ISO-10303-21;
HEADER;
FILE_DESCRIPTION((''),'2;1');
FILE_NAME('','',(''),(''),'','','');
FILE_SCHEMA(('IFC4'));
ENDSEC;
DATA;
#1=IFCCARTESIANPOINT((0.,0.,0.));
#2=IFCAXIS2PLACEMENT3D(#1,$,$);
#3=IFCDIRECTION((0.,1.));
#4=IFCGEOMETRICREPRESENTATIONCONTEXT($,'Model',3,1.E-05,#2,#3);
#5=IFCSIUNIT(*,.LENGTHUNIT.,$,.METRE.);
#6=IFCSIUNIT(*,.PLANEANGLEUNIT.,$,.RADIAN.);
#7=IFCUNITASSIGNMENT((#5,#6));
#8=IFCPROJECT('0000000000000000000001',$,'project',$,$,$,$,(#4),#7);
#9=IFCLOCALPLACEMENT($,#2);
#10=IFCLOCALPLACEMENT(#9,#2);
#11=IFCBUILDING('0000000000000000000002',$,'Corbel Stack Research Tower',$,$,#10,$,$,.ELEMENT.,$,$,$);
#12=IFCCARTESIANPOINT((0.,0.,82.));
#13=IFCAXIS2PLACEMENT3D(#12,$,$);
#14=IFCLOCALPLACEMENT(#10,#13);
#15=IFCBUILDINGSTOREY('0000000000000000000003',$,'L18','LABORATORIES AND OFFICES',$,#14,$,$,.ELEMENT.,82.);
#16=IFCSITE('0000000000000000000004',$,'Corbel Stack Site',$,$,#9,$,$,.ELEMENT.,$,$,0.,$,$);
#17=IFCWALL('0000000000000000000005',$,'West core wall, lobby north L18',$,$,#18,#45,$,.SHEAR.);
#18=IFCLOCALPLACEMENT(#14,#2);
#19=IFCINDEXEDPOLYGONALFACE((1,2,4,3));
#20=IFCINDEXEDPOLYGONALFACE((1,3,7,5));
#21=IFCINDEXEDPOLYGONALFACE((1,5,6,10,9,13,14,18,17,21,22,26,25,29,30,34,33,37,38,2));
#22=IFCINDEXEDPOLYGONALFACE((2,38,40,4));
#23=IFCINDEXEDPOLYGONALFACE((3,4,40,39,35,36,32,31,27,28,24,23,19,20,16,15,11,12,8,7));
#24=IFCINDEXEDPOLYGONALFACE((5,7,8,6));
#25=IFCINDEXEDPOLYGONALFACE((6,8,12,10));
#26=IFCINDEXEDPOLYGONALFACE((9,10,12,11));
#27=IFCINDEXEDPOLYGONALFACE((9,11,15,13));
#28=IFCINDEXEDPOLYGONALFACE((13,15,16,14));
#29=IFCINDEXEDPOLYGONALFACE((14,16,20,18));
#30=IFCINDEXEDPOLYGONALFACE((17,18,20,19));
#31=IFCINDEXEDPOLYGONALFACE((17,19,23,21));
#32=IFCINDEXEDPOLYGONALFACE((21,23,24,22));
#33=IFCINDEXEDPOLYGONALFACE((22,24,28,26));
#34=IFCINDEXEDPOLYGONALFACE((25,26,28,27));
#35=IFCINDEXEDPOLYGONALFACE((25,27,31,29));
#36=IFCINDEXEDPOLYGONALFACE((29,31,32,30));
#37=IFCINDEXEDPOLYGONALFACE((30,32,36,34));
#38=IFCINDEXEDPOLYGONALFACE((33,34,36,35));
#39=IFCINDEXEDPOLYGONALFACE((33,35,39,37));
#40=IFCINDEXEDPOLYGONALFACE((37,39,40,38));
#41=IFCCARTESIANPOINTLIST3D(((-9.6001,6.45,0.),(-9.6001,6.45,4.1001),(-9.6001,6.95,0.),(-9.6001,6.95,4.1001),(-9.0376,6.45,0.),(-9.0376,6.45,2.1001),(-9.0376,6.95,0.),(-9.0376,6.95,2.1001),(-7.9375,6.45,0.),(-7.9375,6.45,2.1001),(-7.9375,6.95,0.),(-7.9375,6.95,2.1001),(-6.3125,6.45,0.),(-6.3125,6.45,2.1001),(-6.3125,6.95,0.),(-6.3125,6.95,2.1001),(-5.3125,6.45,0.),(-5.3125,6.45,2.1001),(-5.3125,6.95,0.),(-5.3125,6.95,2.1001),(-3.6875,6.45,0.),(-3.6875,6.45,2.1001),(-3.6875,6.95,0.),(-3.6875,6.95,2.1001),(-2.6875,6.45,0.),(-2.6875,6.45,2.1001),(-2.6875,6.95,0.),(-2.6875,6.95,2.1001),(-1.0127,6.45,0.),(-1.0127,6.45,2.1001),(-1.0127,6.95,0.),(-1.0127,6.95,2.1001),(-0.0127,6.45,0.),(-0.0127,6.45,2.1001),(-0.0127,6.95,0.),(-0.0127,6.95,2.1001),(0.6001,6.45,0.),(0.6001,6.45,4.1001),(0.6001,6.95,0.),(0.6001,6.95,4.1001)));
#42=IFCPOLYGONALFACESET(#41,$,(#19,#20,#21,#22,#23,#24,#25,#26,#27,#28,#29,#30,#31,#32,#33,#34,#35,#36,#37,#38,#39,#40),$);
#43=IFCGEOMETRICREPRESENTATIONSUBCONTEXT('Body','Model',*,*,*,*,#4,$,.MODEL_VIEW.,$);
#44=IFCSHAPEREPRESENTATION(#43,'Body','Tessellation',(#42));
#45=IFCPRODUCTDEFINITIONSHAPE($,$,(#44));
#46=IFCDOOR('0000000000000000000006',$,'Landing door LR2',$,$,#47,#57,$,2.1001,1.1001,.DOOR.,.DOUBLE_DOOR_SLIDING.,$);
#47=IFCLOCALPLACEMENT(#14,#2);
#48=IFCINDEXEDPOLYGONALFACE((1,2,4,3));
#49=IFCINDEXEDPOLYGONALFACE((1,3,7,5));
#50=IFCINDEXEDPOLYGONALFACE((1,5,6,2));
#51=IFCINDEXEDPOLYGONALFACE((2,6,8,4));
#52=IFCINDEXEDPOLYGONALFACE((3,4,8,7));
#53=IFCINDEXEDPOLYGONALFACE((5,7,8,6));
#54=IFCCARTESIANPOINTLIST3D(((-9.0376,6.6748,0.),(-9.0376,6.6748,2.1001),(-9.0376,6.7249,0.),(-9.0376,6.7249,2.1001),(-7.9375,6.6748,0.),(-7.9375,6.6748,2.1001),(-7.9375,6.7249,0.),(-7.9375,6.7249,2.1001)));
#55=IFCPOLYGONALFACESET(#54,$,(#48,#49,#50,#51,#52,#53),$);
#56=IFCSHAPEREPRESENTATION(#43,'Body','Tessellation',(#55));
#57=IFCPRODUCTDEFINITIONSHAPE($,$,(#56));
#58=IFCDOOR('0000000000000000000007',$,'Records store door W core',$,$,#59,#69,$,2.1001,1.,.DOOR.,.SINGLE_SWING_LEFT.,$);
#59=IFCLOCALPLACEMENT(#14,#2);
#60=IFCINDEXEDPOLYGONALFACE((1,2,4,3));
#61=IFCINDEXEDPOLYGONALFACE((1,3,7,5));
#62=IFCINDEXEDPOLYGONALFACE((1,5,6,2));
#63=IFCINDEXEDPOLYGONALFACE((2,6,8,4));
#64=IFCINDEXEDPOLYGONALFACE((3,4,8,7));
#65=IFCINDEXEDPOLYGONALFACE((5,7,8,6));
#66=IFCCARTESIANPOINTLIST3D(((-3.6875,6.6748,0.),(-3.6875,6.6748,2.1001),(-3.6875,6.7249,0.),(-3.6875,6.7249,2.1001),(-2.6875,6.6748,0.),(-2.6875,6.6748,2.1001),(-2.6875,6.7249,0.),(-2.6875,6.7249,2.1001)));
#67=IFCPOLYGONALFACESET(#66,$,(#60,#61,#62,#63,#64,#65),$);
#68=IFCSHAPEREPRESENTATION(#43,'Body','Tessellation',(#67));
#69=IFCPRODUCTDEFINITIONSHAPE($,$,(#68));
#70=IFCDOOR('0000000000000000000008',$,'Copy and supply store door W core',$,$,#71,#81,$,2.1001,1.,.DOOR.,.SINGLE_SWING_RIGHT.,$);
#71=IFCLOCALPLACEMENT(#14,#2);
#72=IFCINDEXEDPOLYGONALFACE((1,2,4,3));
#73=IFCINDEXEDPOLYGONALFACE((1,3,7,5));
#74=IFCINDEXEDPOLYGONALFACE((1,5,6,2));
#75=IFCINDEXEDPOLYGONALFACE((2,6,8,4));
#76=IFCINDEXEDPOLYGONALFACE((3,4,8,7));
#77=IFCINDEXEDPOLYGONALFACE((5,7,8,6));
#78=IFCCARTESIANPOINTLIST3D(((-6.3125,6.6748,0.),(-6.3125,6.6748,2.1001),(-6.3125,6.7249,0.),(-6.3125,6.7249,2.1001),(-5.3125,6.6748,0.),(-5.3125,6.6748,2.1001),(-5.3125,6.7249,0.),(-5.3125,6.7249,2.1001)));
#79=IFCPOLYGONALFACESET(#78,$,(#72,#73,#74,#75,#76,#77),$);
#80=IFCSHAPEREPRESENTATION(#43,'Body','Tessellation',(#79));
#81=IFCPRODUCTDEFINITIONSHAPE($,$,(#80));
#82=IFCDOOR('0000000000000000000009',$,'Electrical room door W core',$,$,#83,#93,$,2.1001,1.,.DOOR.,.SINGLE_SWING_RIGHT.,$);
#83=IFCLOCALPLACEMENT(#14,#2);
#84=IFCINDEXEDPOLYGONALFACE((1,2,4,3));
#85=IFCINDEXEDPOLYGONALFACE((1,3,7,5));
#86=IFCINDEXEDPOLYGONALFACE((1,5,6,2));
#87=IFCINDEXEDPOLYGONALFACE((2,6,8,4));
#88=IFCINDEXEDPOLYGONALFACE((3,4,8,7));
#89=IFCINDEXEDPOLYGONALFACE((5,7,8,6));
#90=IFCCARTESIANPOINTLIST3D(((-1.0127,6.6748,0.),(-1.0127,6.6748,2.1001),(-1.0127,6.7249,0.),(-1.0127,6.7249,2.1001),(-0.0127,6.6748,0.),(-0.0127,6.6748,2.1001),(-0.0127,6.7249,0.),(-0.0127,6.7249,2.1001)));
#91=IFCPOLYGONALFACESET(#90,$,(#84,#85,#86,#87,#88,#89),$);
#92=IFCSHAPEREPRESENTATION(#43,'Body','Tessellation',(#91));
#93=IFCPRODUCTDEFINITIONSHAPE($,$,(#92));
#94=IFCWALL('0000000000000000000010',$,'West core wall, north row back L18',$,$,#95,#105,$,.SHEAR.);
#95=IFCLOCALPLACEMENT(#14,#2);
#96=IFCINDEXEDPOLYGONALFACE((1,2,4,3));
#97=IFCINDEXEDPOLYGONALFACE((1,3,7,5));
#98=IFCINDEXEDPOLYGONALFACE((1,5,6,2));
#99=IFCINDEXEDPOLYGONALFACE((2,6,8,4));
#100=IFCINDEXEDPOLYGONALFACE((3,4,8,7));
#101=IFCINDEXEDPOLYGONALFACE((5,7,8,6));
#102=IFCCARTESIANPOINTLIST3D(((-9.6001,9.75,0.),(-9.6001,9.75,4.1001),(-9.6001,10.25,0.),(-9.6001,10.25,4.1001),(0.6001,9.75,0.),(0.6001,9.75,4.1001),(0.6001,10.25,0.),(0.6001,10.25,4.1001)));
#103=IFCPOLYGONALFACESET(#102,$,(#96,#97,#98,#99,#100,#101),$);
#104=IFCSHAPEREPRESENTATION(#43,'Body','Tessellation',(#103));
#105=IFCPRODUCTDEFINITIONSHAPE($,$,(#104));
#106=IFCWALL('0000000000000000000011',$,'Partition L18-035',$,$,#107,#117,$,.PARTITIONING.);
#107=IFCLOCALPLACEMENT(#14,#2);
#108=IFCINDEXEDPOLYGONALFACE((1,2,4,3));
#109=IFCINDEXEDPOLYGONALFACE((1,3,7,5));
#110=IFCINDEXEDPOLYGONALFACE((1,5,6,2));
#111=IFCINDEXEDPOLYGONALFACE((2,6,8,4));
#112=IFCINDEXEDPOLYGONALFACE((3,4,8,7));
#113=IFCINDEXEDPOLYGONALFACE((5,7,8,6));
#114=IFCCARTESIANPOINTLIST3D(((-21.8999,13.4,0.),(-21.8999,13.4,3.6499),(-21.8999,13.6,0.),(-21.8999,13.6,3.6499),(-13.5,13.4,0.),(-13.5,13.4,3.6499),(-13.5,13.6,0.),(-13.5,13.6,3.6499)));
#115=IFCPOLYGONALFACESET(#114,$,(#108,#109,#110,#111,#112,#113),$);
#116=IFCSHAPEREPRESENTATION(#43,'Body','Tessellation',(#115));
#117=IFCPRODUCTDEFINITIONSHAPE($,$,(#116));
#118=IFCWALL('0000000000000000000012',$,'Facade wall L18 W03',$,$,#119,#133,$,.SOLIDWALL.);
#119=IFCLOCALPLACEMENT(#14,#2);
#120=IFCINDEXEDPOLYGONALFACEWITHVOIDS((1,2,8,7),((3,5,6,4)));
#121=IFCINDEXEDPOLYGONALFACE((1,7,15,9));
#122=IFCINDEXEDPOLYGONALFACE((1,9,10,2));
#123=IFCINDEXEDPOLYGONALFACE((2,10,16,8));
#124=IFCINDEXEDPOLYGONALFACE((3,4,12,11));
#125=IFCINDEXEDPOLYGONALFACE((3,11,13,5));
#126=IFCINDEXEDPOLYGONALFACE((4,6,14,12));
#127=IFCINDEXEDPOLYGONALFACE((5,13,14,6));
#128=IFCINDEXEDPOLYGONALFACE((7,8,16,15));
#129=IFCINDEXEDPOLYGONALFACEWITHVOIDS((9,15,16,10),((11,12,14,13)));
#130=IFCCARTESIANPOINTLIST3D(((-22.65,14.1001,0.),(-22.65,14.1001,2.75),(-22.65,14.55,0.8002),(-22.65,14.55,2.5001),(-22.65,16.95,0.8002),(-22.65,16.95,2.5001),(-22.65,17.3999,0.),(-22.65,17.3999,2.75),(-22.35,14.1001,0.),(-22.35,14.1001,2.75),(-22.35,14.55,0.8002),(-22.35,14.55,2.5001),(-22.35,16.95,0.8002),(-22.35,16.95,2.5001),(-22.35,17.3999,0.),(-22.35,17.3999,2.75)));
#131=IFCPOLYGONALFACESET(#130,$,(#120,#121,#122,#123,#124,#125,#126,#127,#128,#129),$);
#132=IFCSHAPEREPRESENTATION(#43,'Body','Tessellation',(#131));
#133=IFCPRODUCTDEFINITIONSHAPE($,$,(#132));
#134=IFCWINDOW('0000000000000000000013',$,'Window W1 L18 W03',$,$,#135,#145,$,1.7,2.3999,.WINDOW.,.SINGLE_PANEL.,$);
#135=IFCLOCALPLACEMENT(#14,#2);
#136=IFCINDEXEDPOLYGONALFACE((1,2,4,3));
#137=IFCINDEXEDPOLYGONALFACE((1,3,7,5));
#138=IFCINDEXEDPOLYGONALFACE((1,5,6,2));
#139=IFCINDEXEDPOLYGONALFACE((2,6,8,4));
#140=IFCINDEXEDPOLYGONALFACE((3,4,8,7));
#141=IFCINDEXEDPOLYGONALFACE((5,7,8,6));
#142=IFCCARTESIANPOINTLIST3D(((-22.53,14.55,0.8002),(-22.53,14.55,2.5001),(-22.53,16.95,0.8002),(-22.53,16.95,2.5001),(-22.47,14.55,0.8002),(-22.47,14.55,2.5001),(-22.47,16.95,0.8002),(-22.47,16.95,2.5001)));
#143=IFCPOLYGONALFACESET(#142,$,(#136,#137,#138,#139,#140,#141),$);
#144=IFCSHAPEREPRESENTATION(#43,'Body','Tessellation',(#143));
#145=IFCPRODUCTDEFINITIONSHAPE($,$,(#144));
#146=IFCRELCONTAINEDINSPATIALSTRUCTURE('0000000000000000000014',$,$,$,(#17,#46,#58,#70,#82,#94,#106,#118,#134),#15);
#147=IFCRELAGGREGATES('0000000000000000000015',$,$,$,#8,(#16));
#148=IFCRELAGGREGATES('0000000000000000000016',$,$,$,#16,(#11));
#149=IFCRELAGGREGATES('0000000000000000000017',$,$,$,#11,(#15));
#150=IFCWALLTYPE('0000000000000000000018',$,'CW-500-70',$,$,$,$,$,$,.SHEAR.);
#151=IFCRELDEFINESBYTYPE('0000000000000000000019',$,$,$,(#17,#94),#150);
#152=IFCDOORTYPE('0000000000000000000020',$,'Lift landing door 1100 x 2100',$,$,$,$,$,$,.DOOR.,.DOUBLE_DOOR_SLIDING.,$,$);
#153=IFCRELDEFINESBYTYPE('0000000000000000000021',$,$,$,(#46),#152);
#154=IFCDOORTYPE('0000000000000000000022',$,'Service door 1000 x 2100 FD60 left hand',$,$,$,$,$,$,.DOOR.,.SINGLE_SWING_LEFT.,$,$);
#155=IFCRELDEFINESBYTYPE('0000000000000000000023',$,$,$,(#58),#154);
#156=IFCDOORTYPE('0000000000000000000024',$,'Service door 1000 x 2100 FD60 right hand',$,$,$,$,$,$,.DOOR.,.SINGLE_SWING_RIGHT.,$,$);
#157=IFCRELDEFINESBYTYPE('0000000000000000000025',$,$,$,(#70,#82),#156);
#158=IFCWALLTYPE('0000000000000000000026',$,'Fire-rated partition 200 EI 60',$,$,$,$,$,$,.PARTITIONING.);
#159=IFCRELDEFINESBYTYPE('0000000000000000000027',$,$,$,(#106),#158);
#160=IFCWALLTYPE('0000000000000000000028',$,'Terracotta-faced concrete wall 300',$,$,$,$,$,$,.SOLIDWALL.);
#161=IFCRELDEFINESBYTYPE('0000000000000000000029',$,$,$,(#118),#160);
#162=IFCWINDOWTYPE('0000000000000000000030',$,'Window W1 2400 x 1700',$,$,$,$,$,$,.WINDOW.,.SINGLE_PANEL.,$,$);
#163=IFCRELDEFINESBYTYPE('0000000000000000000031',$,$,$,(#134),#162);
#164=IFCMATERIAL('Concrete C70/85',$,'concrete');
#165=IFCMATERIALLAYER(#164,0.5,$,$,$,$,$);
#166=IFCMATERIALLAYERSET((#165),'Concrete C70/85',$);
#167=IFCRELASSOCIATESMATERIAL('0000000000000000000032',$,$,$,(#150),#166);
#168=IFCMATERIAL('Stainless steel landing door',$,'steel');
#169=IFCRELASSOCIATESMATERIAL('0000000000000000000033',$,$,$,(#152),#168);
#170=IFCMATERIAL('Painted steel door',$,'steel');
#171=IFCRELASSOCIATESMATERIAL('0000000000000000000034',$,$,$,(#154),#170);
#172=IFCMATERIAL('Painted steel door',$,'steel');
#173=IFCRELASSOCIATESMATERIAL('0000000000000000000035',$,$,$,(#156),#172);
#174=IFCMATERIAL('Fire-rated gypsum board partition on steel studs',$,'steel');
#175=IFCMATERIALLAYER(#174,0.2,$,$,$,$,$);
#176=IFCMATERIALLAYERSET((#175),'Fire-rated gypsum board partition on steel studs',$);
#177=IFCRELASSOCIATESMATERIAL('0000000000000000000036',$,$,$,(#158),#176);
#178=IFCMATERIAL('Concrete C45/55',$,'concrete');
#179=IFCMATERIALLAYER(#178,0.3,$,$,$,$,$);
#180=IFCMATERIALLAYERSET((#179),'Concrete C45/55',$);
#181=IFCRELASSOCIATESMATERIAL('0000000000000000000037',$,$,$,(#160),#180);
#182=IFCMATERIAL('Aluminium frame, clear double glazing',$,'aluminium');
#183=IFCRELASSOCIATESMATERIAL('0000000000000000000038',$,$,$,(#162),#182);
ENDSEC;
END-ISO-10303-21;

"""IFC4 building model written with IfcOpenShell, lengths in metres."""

from ifc_helpers import new_model, si_unit, direction, frame, frame_2d, origin, place, context, subcontext, project, spatial, rectangle, extrude, material, layer, layer_set, type_object, element, fill, save


model = new_model("IFC4")

# Units and contexts
model_context = context("Model", 3, precision=1e-05, world=origin(), true_north=direction((0.0, 1.0)))
body_context = subcontext(model_context, "Body", "Model", "MODEL_VIEW")
ifc_project = project(units=[si_unit("LENGTHUNIT", "METRE"), si_unit("PLANEANGLEUNIT", "RADIAN")], contexts=[model_context])

# Site, building, storey
site_placement = place(None, origin())
site = spatial("IfcSite", under=ifc_project, at=site_placement, Name="Corbel Stack Site", CompositionType="ELEMENT", RefElevation=0.0)
building_placement = place(site_placement, origin())
building = spatial("IfcBuilding", under=site, at=building_placement, Name="Corbel Stack Research Tower", CompositionType="ELEMENT")
storey_placement = place(building_placement, frame((0.0, 0.0, 82.0)))
storey = spatial("IfcBuildingStorey", under=building, at=storey_placement, Name="L18", Description="LABORATORIES AND OFFICES", CompositionType="ELEMENT", Elevation=82.0)

# Wall, openings, doors
ifc_material_1 = material(Name="Concrete C70/85", Category="concrete")
ifc_layer_1 = layer(ifc_material_1, 0.5)
ifc_layer_set_1 = layer_set([ifc_layer_1], Name="Concrete C70/85")
wall_type_1 = type_object("IfcWallType", Name="CW-500-70", PredefinedType="SHEAR", material=ifc_layer_set_1)
ifc_material_2 = material(Name="Stainless steel landing door", Category="steel")
door_type_1 = type_object("IfcDoorType", Name="Lift landing door 1100 x 2100", OperationType="DOUBLE_DOOR_SLIDING", PredefinedType="DOOR", material=ifc_material_2)
wall_1_placement = place(storey_placement, frame((-9.6001, 6.7, 0.0), z_axis=(0.0, 0.0, 1.0), x_axis=(1.0, 0.0, 0.0)))
wall_1 = element("IfcWall", 1, at=wall_1_placement, inside=storey, type_object=wall_type_1, Name="West core wall, lobby north L18", PredefinedType="SHEAR", context=body_context, shape_type="SweptSolid", body=[
    extrude(rectangle(XDim=10.2002, YDim=0.5, at=frame_2d((5.1001, 0.0))), origin(), (0.0, 0.0, 1.0), 4.1001),
])
opening_1_placement = place(wall_1_placement, frame((0.5625, 0.0, 0.0)))
opening_1 = element("IfcOpeningElement", 2, at=opening_1_placement, cuts=wall_1, PredefinedType="OPENING", context=body_context, shape_type="SweptSolid", body=[
    extrude(rectangle(XDim=1.1001, YDim=2.1001, at=frame_2d((0.55, 1.05))), frame((0.0, 0.26, 0.0), z_axis=(0.0, -1.0, 0.0), x_axis=(1.0, 0.0, 0.0)), (0.0, 0.0, 1.0), 0.52),
])
opening_2_placement = place(wall_1_placement, frame((3.2876, 0.0, 0.0)))
opening_2 = element("IfcOpeningElement", 3, at=opening_2_placement, cuts=wall_1, PredefinedType="OPENING", context=body_context, shape_type="SweptSolid", body=[
    extrude(rectangle(XDim=1.0, YDim=2.1001, at=frame_2d((0.5, 1.05))), frame((0.0, 0.26, 0.0), z_axis=(0.0, -1.0, 0.0), x_axis=(1.0, 0.0, 0.0)), (0.0, 0.0, 1.0), 0.52),
])
opening_3_placement = place(wall_1_placement, frame((5.9126, 0.0, 0.0)))
opening_3 = element("IfcOpeningElement", 4, at=opening_3_placement, cuts=wall_1, PredefinedType="OPENING", context=body_context, shape_type="SweptSolid", body=[
    extrude(rectangle(XDim=1.0, YDim=2.1001, at=frame_2d((0.5, 1.05))), frame((0.0, 0.26, 0.0), z_axis=(0.0, -1.0, 0.0), x_axis=(1.0, 0.0, 0.0)), (0.0, 0.0, 1.0), 0.52),
])
opening_4_placement = place(wall_1_placement, frame((8.5874, 0.0, 0.0)))
opening_4 = element("IfcOpeningElement", 5, at=opening_4_placement, cuts=wall_1, PredefinedType="OPENING", context=body_context, shape_type="SweptSolid", body=[
    extrude(rectangle(XDim=1.0, YDim=2.1001, at=frame_2d((0.5, 1.05))), frame((0.0, 0.26, 0.0), z_axis=(0.0, -1.0, 0.0), x_axis=(1.0, 0.0, 0.0)), (0.0, 0.0, 1.0), 0.52),
])
door_1_placement = place(opening_1_placement, origin())
door_1 = element("IfcDoor", 6, at=door_1_placement, inside=storey, type_object=door_type_1, Name="Landing door LR2", OperationType="DOUBLE_DOOR_SLIDING", OverallHeight=2.1001, OverallWidth=1.1001, PredefinedType="DOOR", context=body_context, shape_type="SweptSolid", body=[
    extrude(rectangle(XDim=1.1001, YDim=2.1001, at=frame_2d((0.55, 1.05))), frame((0.0, 0.0249, 0.0), z_axis=(0.0, -1.0, 0.0), x_axis=(1.0, 0.0, 0.0)), (0.0, 0.0, 1.0), 0.05),
])
fill(opening_1, door_1)
ifc_material_3 = material(Name="Painted steel door", Category="steel")
door_type_2 = type_object("IfcDoorType", Name="Service door 1000 x 2100 FD60 left hand", OperationType="SINGLE_SWING_LEFT", PredefinedType="DOOR", material=ifc_material_3)
door_2_placement = place(opening_3_placement, origin())
door_2 = element("IfcDoor", 7, at=door_2_placement, inside=storey, type_object=door_type_2, Name="Records store door W core", OperationType="SINGLE_SWING_LEFT", OverallHeight=2.1001, OverallWidth=1.0, PredefinedType="DOOR", context=body_context, shape_type="SweptSolid", body=[
    extrude(rectangle(XDim=1.0, YDim=2.1001, at=frame_2d((0.5, 1.05))), frame((0.0, 0.0249, 0.0), z_axis=(0.0, -1.0, 0.0), x_axis=(1.0, 0.0, 0.0)), (0.0, 0.0, 1.0), 0.05),
])
fill(opening_3, door_2)
ifc_material_4 = material(Name="Painted steel door", Category="steel")
door_type_3 = type_object("IfcDoorType", Name="Service door 1000 x 2100 FD60 right hand", OperationType="SINGLE_SWING_RIGHT", PredefinedType="DOOR", material=ifc_material_4)
door_3_placement = place(opening_2_placement, origin())
door_3 = element("IfcDoor", 8, at=door_3_placement, inside=storey, type_object=door_type_3, Name="Copy and supply store door W core", OperationType="SINGLE_SWING_RIGHT", OverallHeight=2.1001, OverallWidth=1.0, PredefinedType="DOOR", context=body_context, shape_type="SweptSolid", body=[
    extrude(rectangle(XDim=1.0, YDim=2.1001, at=frame_2d((0.5, 1.05))), frame((0.0, 0.0249, 0.0), z_axis=(0.0, -1.0, 0.0), x_axis=(1.0, 0.0, 0.0)), (0.0, 0.0, 1.0), 0.05),
])
fill(opening_2, door_3)
door_4_placement = place(opening_4_placement, origin())
door_4 = element("IfcDoor", 9, at=door_4_placement, inside=storey, type_object=door_type_3, Name="Electrical room door W core", OperationType="SINGLE_SWING_RIGHT", OverallHeight=2.1001, OverallWidth=1.0, PredefinedType="DOOR", context=body_context, shape_type="SweptSolid", body=[
    extrude(rectangle(XDim=1.0, YDim=2.1001, at=frame_2d((0.5, 1.05))), frame((0.0, 0.0249, 0.0), z_axis=(0.0, -1.0, 0.0), x_axis=(1.0, 0.0, 0.0)), (0.0, 0.0, 1.0), 0.05),
])
fill(opening_4, door_4)

# Walls
wall_2_placement = place(storey_placement, frame((-9.6001, 10.0, 0.0), z_axis=(0.0, 0.0, 1.0), x_axis=(1.0, 0.0, 0.0)))
element("IfcWall", 10, at=wall_2_placement, inside=storey, type_object=wall_type_1, Name="West core wall, north row back L18", PredefinedType="SHEAR", context=body_context, shape_type="SweptSolid", body=[
    extrude(rectangle(XDim=10.2002, YDim=0.5, at=frame_2d((5.1001, 0.0))), origin(), (0.0, 0.0, 1.0), 4.1001),
])
ifc_material_5 = material(Name="Fire-rated gypsum board partition on steel studs", Category="steel")
ifc_layer_2 = layer(ifc_material_5, 0.2)
ifc_layer_set_2 = layer_set([ifc_layer_2], Name="Fire-rated gypsum board partition on steel studs")
wall_type_2 = type_object("IfcWallType", Name="Fire-rated partition 200 EI 60", PredefinedType="PARTITIONING", material=ifc_layer_set_2)
wall_3_placement = place(storey_placement, frame((-21.8999, 13.5, 0.0), z_axis=(0.0, 0.0, 1.0), x_axis=(1.0, 0.0, 0.0)))
element("IfcWall", 11, at=wall_3_placement, inside=storey, type_object=wall_type_2, Name="Partition L18-035", PredefinedType="PARTITIONING", context=body_context, shape_type="SweptSolid", body=[
    extrude(rectangle(XDim=8.3999, YDim=0.2, at=frame_2d((4.2, 0.0))), origin(), (0.0, 0.0, 1.0), 3.6499),
])

# Wall, opening, window
ifc_material_6 = material(Name="Concrete C45/55", Category="concrete")
ifc_layer_3 = layer(ifc_material_6, 0.3)
ifc_layer_set_3 = layer_set([ifc_layer_3], Name="Concrete C45/55")
wall_type_3 = type_object("IfcWallType", Name="Terracotta-faced concrete wall 300", PredefinedType="SOLIDWALL", material=ifc_layer_set_3)
wall_4_placement = place(storey_placement, frame((-22.5, 14.1001, 0.0), z_axis=(0.0, 0.0, 1.0), x_axis=(0.0, 1.0, 0.0)))
wall_4 = element("IfcWall", 12, at=wall_4_placement, inside=storey, type_object=wall_type_3, Name="Facade wall L18 W03", PredefinedType="SOLIDWALL", context=body_context, shape_type="SweptSolid", body=[
    extrude(rectangle(XDim=3.2998, YDim=0.3, at=frame_2d((1.6499, 0.0))), origin(), (0.0, 0.0, 1.0), 2.75),
])
opening_5_placement = place(wall_4_placement, frame((0.45, 0.0, 0.8)))
opening_5 = element("IfcOpeningElement", 13, at=opening_5_placement, cuts=wall_4, PredefinedType="OPENING", context=body_context, shape_type="SweptSolid", body=[
    extrude(rectangle(XDim=2.3999, YDim=1.7, at=frame_2d((1.2, 0.8501))), frame((0.0, 0.1599, 0.0), z_axis=(0.0, -1.0, 0.0), x_axis=(1.0, 0.0, 0.0)), (0.0, 0.0, 1.0), 0.3201),
])
ifc_material_7 = material(Name="Aluminium frame, clear double glazing", Category="aluminium")
window_type = type_object("IfcWindowType", Name="Window W1 2400 x 1700", PartitioningType="SINGLE_PANEL", PredefinedType="WINDOW", material=ifc_material_7)
window_placement = place(opening_5_placement, origin())
window = element("IfcWindow", 14, at=window_placement, inside=storey, type_object=window_type, Name="Window W1 L18 W03", OverallHeight=1.7, OverallWidth=2.3999, PartitioningType="SINGLE_PANEL", PredefinedType="WINDOW", context=body_context, shape_type="SweptSolid", body=[
    extrude(rectangle(XDim=2.3999, YDim=1.7, at=frame_2d((1.2, 0.8501))), frame((0.0, 0.03, 0.0), z_axis=(0.0, -1.0, 0.0), x_axis=(1.0, 0.0, 0.0)), (0.0, 0.0, 1.0), 0.0601),
])
fill(opening_5, window)

save(model, "model.ifc")
